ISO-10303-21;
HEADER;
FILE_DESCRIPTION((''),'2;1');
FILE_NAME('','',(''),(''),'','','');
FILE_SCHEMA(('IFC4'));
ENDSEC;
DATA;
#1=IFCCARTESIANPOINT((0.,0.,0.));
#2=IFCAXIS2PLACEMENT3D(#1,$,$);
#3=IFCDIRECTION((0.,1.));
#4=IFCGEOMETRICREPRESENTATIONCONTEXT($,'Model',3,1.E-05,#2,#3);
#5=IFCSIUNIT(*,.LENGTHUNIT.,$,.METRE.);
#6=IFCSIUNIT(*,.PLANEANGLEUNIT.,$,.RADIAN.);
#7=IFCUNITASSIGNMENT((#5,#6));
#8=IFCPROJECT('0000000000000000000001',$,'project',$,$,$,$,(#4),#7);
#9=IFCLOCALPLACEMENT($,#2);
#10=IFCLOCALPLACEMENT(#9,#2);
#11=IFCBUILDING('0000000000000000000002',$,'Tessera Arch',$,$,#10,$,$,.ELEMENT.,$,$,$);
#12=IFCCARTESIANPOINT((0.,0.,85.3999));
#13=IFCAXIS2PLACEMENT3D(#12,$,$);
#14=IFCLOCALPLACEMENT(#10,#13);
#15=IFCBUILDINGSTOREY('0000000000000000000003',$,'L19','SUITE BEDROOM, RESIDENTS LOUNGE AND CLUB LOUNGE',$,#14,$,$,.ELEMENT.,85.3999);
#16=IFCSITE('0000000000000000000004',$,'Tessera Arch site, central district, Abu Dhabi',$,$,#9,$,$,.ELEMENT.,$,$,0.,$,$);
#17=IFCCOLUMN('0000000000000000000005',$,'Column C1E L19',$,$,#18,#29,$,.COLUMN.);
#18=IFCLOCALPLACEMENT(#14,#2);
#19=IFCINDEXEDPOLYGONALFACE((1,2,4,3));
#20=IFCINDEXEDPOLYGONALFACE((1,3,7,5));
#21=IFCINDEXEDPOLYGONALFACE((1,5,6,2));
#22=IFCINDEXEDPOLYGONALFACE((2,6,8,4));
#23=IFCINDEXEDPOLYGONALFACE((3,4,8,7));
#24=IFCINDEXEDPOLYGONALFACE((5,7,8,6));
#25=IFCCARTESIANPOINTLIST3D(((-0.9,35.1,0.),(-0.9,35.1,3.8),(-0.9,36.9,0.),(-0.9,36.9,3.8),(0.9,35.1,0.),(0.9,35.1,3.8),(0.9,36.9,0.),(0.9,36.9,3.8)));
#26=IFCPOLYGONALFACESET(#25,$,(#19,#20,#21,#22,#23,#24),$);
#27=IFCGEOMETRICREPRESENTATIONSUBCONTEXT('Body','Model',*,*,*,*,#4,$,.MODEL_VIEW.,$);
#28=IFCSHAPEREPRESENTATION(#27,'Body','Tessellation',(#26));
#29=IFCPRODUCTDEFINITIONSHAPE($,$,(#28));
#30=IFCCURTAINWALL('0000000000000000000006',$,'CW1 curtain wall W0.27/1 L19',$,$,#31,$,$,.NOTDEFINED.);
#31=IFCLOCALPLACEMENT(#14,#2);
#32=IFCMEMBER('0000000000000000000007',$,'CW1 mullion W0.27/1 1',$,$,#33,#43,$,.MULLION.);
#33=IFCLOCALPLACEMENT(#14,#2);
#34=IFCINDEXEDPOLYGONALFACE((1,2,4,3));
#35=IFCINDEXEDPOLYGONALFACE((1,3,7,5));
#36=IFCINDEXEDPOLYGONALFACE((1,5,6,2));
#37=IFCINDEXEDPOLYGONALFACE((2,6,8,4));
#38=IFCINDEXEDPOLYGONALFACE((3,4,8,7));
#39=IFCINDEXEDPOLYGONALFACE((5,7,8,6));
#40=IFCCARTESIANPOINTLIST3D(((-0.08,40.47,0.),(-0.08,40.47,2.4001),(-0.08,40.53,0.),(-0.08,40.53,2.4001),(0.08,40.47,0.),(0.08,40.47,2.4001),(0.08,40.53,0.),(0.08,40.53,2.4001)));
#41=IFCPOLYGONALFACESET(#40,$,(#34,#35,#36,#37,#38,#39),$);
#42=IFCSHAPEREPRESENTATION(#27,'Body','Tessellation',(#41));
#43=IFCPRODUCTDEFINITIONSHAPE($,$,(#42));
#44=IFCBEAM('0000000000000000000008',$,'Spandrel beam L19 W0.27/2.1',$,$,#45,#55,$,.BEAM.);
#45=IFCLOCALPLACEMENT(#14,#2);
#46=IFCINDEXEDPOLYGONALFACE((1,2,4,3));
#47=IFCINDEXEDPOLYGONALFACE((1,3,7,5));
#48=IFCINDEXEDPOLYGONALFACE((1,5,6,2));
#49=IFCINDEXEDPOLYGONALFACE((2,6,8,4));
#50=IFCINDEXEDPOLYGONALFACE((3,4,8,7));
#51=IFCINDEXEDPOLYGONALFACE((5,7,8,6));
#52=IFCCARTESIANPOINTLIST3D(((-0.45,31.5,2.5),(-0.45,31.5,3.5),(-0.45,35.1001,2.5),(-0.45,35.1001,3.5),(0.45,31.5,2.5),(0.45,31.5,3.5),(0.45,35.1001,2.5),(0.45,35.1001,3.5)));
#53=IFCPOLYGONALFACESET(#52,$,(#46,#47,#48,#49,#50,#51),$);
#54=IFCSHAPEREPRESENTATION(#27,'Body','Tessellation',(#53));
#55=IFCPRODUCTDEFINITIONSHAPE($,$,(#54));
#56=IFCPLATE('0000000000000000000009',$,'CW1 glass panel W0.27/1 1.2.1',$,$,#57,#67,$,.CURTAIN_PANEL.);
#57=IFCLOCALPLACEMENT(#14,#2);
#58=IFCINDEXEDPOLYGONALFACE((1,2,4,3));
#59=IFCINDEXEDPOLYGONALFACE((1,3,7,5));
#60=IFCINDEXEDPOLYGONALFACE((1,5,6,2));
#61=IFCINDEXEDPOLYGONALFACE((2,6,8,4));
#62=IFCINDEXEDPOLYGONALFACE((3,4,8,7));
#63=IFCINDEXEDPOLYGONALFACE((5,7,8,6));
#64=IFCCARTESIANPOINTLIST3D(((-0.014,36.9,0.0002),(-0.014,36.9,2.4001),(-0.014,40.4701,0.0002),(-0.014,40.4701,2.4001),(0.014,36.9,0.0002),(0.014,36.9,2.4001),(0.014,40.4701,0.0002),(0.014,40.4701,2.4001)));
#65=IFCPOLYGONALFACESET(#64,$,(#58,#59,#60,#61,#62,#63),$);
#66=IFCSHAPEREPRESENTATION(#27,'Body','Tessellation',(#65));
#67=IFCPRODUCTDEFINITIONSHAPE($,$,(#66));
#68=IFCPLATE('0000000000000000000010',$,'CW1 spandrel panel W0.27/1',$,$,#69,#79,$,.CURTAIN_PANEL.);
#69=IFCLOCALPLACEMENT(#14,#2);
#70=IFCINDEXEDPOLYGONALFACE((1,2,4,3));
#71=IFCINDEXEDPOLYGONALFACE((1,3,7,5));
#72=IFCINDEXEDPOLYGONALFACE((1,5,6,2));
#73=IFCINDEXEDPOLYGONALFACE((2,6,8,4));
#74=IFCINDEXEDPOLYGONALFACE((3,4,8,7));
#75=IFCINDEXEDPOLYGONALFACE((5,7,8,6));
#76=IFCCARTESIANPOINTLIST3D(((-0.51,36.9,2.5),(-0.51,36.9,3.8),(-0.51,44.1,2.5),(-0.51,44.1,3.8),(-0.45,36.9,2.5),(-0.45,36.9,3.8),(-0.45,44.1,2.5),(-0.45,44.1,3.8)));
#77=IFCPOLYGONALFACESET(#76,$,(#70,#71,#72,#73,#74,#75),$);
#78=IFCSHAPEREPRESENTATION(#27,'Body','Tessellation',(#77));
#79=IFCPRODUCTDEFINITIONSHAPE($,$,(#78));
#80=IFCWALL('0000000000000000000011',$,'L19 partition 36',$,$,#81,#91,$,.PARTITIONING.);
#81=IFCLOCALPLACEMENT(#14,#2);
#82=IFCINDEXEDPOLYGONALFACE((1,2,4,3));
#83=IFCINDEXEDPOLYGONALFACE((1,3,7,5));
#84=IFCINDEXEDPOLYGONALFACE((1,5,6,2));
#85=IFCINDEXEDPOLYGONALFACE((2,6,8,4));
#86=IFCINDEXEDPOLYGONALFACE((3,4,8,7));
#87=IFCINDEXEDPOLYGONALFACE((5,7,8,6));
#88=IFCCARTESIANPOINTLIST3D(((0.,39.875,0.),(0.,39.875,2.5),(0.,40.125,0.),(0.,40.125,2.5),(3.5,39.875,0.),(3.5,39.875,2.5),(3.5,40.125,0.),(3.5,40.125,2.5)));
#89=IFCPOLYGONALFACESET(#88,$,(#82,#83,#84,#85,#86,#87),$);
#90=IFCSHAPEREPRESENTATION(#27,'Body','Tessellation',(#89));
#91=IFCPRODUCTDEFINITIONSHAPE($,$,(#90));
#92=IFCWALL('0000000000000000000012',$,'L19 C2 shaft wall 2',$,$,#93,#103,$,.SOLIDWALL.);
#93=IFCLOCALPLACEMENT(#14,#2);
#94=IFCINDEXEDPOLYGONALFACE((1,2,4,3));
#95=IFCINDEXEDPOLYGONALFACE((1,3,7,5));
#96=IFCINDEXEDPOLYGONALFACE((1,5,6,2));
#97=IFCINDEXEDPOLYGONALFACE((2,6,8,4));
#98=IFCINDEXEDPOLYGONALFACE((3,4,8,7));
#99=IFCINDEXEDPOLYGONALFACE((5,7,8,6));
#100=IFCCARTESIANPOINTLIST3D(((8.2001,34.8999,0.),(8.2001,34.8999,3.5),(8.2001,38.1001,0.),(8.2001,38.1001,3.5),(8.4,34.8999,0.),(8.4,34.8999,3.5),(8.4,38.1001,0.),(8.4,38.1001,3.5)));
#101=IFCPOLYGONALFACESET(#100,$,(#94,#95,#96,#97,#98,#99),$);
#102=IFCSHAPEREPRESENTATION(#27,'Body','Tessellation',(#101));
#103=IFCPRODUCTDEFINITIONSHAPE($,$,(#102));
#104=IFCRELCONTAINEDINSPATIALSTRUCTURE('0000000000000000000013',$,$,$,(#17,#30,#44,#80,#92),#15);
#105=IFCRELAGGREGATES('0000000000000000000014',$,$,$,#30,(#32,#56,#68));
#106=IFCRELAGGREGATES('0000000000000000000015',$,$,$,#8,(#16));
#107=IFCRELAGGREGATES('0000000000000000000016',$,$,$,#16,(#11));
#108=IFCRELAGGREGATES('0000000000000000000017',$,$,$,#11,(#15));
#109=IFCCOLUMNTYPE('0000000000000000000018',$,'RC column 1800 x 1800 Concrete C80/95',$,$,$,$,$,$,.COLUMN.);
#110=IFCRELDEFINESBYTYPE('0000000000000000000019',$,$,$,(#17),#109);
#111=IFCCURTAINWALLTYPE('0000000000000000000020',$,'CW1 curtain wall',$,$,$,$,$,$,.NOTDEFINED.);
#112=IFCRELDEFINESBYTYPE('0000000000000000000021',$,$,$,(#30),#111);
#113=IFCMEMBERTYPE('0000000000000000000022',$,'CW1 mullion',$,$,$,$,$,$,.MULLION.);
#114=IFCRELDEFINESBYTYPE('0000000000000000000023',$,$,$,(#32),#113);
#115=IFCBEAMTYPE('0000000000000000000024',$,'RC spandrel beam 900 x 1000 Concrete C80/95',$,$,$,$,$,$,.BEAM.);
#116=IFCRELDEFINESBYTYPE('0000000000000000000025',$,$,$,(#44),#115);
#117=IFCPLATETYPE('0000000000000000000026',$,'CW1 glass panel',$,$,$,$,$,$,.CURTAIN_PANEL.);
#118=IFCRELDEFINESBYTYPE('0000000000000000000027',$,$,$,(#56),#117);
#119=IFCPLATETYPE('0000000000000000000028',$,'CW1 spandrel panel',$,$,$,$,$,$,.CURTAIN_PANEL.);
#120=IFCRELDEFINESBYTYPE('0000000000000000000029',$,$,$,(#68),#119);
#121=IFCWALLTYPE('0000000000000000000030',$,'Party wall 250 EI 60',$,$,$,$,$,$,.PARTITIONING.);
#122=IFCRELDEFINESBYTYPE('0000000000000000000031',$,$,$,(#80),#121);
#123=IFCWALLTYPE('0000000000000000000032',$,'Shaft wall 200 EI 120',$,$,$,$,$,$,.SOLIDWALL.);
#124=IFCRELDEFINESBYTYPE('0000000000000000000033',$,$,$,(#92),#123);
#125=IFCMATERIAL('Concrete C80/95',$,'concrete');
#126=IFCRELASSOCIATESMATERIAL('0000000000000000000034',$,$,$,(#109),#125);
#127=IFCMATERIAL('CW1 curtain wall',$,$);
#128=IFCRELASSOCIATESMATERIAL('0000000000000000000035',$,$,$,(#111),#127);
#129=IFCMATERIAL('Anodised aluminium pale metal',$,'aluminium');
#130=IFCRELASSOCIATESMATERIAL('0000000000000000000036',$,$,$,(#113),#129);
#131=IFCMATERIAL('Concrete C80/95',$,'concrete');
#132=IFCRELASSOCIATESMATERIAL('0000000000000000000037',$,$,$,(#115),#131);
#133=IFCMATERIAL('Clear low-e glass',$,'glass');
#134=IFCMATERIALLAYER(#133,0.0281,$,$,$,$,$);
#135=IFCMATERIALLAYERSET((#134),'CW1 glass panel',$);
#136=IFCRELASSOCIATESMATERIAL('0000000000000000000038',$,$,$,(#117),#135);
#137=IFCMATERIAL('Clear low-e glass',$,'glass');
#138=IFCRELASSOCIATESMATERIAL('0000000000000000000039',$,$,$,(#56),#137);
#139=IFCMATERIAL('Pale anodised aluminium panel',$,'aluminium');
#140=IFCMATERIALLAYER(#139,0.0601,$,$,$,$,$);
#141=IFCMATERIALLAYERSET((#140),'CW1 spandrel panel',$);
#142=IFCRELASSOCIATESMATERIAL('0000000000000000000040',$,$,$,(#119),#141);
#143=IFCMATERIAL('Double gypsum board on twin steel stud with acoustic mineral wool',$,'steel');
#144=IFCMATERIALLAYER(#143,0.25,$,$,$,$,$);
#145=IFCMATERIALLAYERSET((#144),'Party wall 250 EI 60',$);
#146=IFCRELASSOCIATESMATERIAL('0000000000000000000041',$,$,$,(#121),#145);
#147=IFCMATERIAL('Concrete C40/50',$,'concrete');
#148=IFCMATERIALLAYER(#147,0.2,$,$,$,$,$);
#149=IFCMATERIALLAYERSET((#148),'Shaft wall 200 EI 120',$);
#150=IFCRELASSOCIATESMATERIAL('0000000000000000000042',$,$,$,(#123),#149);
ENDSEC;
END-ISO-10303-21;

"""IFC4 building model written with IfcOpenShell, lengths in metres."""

from ifc_helpers import new_model, si_unit, direction, frame, frame_2d, origin, origin_2d, place, context, subcontext, project, spatial, rectangle, extrude, material, layer, layer_set, material_profile, profile_set, type_object, element, aggregate, save


model = new_model("IFC4")

# Units and contexts
model_context = context("Model", 3, precision=1e-05, world=origin(), true_north=direction((0.0, 1.0)))
body_context = subcontext(model_context, "Body", "Model", "MODEL_VIEW")
ifc_project = project(units=[si_unit("LENGTHUNIT", "METRE"), si_unit("PLANEANGLEUNIT", "RADIAN")], contexts=[model_context])

# Site, building, storey
site_placement = place(None, origin())
site = spatial("IfcSite", under=ifc_project, at=site_placement, Name="Tessera Arch site, central district, Abu Dhabi", CompositionType="ELEMENT", RefElevation=0.0)
building_placement = place(site_placement, origin())
building = spatial("IfcBuilding", under=site, at=building_placement, Name="Tessera Arch", CompositionType="ELEMENT")
storey_placement = place(building_placement, frame((0.0, 0.0, 85.3999)))
storey = spatial("IfcBuildingStorey", under=building, at=storey_placement, Name="L19", Description="SUITE BEDROOM, RESIDENTS LOUNGE AND CLUB LOUNGE", CompositionType="ELEMENT", Elevation=85.3999)

# Column
ifc_material_1 = material(Name="Concrete C80/95", Category="concrete")
ifc_material_profile_1 = material_profile(ifc_material_1, rectangle(XDim=1.8, YDim=1.8, at=origin_2d()), Name="RC column 1800 x 1800 Concrete C80/95")
ifc_profile_set_1 = profile_set([ifc_material_profile_1], Name="Concrete C80/95")
column_type = type_object("IfcColumnType", Name="RC column 1800 x 1800 Concrete C80/95", PredefinedType="COLUMN", material=ifc_profile_set_1)
column_placement = place(storey_placement, frame((0.0, 36.0, 0.0), z_axis=(0.0, 0.0, 1.0), x_axis=(1.0, 0.0, 0.0)))
element("IfcColumn", 1, at=column_placement, inside=storey, type_object=column_type, Name="Column C1E L19", PredefinedType="COLUMN", context=body_context, shape_type="SweptSolid", body=[
    extrude(rectangle(XDim=1.8, YDim=1.8, at=origin_2d()), origin(), (0.0, 0.0, 1.0), 3.8),
])

# Curtain wall, member
ifc_material_2 = material(Name="CW1 curtain wall")
curtain_wall_type = type_object("IfcCurtainWallType", Name="CW1 curtain wall", PredefinedType="NOTDEFINED", material=ifc_material_2)
curtain_wall_placement = place(storey_placement, origin())
curtain_wall = element("IfcCurtainWall", 2, at=curtain_wall_placement, inside=storey, type_object=curtain_wall_type, Name="CW1 curtain wall W0.27/1 L19", PredefinedType="NOTDEFINED")
ifc_material_3 = material(Name="Anodised aluminium pale metal", Category="aluminium")
ifc_material_profile_2 = material_profile(ifc_material_3, rectangle(XDim=0.1599, YDim=0.0601, at=origin_2d()), Name="AL 60x160")
ifc_profile_set_2 = profile_set([ifc_material_profile_2], Name="Anodised aluminium pale metal")
member_type = type_object("IfcMemberType", Name="CW1 mullion", PredefinedType="MULLION", material=ifc_profile_set_2)
member_placement = place(storey_placement, frame((0.0, 40.5, 0.0), z_axis=(0.0, 0.0, 1.0), x_axis=(1.0, 0.0, 0.0)))
member = element("IfcMember", 3, at=member_placement, type_object=member_type, Name="CW1 mullion W0.27/1 1", PredefinedType="MULLION", context=body_context, shape_type="SweptSolid", body=[
    extrude(rectangle(XDim=0.1599, YDim=0.0601, at=origin_2d()), origin(), (0.0, 0.0, 1.0), 2.4001),
])

# Beam
ifc_material_4 = material(Name="Concrete C80/95", Category="concrete")
ifc_material_profile_3 = material_profile(ifc_material_4, rectangle(XDim=0.8999, YDim=1.0, at=origin_2d()), Name="RC spandrel beam 900 x 1000 Concrete C80/95")
ifc_profile_set_3 = profile_set([ifc_material_profile_3], Name="Concrete C80/95")
beam_type = type_object("IfcBeamType", Name="RC spandrel beam 900 x 1000 Concrete C80/95", PredefinedType="BEAM", material=ifc_profile_set_3)
beam_placement = place(storey_placement, frame((0.0, 35.1001, 3.0), z_axis=(0.0, -1.0, 0.0), x_axis=(1.0, 0.0, 0.0)))
element("IfcBeam", 4, at=beam_placement, inside=storey, type_object=beam_type, Name="Spandrel beam L19 W0.27/2.1", PredefinedType="BEAM", context=body_context, shape_type="SweptSolid", body=[
    extrude(rectangle(XDim=0.8999, YDim=1.0, at=origin_2d()), origin(), (0.0, 0.0, 1.0), 3.6001),
])

# Plates
ifc_material_5 = material(Name="Clear low-e glass", Category="glass")
ifc_material_6 = material(Name="Clear low-e glass", Category="glass")
ifc_layer_1 = layer(ifc_material_6, 0.0281)
ifc_layer_set_1 = layer_set([ifc_layer_1], Name="CW1 glass panel")
plate_type_1 = type_object("IfcPlateType", Name="CW1 glass panel", PredefinedType="CURTAIN_PANEL", material=ifc_layer_set_1)
plate_1_placement = place(storey_placement, frame((0.0, 38.6851, 0.0002), z_axis=(0.0, 0.0, 1.0), x_axis=(0.0, -1.0, 0.0)))
plate_1 = element("IfcPlate", 5, at=plate_1_placement, type_object=plate_type_1, material=ifc_material_5, Name="CW1 glass panel W0.27/1 1.2.1", PredefinedType="CURTAIN_PANEL", context=body_context, shape_type="SweptSolid", body=[
    extrude(rectangle(XDim=3.5701, YDim=0.0281, at=origin_2d()), origin(), (0.0, 0.0, 1.0), 2.3999),
])
ifc_material_7 = material(Name="Pale anodised aluminium panel", Category="aluminium")
ifc_layer_2 = layer(ifc_material_7, 0.0601)
ifc_layer_set_2 = layer_set([ifc_layer_2], Name="CW1 spandrel panel")
plate_type_2 = type_object("IfcPlateType", Name="CW1 spandrel panel", PredefinedType="CURTAIN_PANEL", material=ifc_layer_set_2)
plate_2_placement = place(storey_placement, frame((-0.48, 40.5, 2.5), z_axis=(0.0, 0.0, 1.0), x_axis=(0.0, -1.0, 0.0)))
plate_2 = element("IfcPlate", 6, at=plate_2_placement, type_object=plate_type_2, Name="CW1 spandrel panel W0.27/1", PredefinedType="CURTAIN_PANEL", context=body_context, shape_type="SweptSolid", body=[
    extrude(rectangle(XDim=7.2, YDim=0.0601, at=origin_2d()), origin(), (0.0, 0.0, 1.0), 1.3),
])
aggregate(curtain_wall, [member, plate_1, plate_2])

# Walls
ifc_material_8 = material(Name="Double gypsum board on twin steel stud with acoustic mineral wool", Category="steel")
ifc_layer_3 = layer(ifc_material_8, 0.25)
ifc_layer_set_3 = layer_set([ifc_layer_3], Name="Party wall 250 EI 60")
wall_type_1 = type_object("IfcWallType", Name="Party wall 250 EI 60", PredefinedType="PARTITIONING", material=ifc_layer_set_3)
wall_1_placement = place(storey_placement, frame((0.0, 40.0, 0.0), z_axis=(0.0, 0.0, 1.0), x_axis=(1.0, 0.0, 0.0)))
element("IfcWall", 7, at=wall_1_placement, inside=storey, type_object=wall_type_1, Name="L19 partition 36", PredefinedType="PARTITIONING", context=body_context, shape_type="SweptSolid", body=[
    extrude(rectangle(XDim=3.5, YDim=0.25, at=frame_2d((1.75, 0.0))), origin(), (0.0, 0.0, 1.0), 2.5),
])
ifc_material_9 = material(Name="Concrete C40/50", Category="concrete")
ifc_layer_4 = layer(ifc_material_9, 0.2)
ifc_layer_set_4 = layer_set([ifc_layer_4], Name="Shaft wall 200 EI 120")
wall_type_2 = type_object("IfcWallType", Name="Shaft wall 200 EI 120", PredefinedType="SOLIDWALL", material=ifc_layer_set_4)
wall_2_placement = place(storey_placement, frame((8.3, 34.8999, 0.0), z_axis=(0.0, 0.0, 1.0), x_axis=(0.0, 1.0, 0.0)))
element("IfcWall", 8, at=wall_2_placement, inside=storey, type_object=wall_type_2, Name="L19 C2 shaft wall 2", PredefinedType="SOLIDWALL", context=body_context, shape_type="SweptSolid", body=[
    extrude(rectangle(XDim=3.2002, YDim=0.2, at=frame_2d((1.6001, 0.0))), origin(), (0.0, 0.0, 1.0), 3.5),
])

save(model, "model.ifc")
